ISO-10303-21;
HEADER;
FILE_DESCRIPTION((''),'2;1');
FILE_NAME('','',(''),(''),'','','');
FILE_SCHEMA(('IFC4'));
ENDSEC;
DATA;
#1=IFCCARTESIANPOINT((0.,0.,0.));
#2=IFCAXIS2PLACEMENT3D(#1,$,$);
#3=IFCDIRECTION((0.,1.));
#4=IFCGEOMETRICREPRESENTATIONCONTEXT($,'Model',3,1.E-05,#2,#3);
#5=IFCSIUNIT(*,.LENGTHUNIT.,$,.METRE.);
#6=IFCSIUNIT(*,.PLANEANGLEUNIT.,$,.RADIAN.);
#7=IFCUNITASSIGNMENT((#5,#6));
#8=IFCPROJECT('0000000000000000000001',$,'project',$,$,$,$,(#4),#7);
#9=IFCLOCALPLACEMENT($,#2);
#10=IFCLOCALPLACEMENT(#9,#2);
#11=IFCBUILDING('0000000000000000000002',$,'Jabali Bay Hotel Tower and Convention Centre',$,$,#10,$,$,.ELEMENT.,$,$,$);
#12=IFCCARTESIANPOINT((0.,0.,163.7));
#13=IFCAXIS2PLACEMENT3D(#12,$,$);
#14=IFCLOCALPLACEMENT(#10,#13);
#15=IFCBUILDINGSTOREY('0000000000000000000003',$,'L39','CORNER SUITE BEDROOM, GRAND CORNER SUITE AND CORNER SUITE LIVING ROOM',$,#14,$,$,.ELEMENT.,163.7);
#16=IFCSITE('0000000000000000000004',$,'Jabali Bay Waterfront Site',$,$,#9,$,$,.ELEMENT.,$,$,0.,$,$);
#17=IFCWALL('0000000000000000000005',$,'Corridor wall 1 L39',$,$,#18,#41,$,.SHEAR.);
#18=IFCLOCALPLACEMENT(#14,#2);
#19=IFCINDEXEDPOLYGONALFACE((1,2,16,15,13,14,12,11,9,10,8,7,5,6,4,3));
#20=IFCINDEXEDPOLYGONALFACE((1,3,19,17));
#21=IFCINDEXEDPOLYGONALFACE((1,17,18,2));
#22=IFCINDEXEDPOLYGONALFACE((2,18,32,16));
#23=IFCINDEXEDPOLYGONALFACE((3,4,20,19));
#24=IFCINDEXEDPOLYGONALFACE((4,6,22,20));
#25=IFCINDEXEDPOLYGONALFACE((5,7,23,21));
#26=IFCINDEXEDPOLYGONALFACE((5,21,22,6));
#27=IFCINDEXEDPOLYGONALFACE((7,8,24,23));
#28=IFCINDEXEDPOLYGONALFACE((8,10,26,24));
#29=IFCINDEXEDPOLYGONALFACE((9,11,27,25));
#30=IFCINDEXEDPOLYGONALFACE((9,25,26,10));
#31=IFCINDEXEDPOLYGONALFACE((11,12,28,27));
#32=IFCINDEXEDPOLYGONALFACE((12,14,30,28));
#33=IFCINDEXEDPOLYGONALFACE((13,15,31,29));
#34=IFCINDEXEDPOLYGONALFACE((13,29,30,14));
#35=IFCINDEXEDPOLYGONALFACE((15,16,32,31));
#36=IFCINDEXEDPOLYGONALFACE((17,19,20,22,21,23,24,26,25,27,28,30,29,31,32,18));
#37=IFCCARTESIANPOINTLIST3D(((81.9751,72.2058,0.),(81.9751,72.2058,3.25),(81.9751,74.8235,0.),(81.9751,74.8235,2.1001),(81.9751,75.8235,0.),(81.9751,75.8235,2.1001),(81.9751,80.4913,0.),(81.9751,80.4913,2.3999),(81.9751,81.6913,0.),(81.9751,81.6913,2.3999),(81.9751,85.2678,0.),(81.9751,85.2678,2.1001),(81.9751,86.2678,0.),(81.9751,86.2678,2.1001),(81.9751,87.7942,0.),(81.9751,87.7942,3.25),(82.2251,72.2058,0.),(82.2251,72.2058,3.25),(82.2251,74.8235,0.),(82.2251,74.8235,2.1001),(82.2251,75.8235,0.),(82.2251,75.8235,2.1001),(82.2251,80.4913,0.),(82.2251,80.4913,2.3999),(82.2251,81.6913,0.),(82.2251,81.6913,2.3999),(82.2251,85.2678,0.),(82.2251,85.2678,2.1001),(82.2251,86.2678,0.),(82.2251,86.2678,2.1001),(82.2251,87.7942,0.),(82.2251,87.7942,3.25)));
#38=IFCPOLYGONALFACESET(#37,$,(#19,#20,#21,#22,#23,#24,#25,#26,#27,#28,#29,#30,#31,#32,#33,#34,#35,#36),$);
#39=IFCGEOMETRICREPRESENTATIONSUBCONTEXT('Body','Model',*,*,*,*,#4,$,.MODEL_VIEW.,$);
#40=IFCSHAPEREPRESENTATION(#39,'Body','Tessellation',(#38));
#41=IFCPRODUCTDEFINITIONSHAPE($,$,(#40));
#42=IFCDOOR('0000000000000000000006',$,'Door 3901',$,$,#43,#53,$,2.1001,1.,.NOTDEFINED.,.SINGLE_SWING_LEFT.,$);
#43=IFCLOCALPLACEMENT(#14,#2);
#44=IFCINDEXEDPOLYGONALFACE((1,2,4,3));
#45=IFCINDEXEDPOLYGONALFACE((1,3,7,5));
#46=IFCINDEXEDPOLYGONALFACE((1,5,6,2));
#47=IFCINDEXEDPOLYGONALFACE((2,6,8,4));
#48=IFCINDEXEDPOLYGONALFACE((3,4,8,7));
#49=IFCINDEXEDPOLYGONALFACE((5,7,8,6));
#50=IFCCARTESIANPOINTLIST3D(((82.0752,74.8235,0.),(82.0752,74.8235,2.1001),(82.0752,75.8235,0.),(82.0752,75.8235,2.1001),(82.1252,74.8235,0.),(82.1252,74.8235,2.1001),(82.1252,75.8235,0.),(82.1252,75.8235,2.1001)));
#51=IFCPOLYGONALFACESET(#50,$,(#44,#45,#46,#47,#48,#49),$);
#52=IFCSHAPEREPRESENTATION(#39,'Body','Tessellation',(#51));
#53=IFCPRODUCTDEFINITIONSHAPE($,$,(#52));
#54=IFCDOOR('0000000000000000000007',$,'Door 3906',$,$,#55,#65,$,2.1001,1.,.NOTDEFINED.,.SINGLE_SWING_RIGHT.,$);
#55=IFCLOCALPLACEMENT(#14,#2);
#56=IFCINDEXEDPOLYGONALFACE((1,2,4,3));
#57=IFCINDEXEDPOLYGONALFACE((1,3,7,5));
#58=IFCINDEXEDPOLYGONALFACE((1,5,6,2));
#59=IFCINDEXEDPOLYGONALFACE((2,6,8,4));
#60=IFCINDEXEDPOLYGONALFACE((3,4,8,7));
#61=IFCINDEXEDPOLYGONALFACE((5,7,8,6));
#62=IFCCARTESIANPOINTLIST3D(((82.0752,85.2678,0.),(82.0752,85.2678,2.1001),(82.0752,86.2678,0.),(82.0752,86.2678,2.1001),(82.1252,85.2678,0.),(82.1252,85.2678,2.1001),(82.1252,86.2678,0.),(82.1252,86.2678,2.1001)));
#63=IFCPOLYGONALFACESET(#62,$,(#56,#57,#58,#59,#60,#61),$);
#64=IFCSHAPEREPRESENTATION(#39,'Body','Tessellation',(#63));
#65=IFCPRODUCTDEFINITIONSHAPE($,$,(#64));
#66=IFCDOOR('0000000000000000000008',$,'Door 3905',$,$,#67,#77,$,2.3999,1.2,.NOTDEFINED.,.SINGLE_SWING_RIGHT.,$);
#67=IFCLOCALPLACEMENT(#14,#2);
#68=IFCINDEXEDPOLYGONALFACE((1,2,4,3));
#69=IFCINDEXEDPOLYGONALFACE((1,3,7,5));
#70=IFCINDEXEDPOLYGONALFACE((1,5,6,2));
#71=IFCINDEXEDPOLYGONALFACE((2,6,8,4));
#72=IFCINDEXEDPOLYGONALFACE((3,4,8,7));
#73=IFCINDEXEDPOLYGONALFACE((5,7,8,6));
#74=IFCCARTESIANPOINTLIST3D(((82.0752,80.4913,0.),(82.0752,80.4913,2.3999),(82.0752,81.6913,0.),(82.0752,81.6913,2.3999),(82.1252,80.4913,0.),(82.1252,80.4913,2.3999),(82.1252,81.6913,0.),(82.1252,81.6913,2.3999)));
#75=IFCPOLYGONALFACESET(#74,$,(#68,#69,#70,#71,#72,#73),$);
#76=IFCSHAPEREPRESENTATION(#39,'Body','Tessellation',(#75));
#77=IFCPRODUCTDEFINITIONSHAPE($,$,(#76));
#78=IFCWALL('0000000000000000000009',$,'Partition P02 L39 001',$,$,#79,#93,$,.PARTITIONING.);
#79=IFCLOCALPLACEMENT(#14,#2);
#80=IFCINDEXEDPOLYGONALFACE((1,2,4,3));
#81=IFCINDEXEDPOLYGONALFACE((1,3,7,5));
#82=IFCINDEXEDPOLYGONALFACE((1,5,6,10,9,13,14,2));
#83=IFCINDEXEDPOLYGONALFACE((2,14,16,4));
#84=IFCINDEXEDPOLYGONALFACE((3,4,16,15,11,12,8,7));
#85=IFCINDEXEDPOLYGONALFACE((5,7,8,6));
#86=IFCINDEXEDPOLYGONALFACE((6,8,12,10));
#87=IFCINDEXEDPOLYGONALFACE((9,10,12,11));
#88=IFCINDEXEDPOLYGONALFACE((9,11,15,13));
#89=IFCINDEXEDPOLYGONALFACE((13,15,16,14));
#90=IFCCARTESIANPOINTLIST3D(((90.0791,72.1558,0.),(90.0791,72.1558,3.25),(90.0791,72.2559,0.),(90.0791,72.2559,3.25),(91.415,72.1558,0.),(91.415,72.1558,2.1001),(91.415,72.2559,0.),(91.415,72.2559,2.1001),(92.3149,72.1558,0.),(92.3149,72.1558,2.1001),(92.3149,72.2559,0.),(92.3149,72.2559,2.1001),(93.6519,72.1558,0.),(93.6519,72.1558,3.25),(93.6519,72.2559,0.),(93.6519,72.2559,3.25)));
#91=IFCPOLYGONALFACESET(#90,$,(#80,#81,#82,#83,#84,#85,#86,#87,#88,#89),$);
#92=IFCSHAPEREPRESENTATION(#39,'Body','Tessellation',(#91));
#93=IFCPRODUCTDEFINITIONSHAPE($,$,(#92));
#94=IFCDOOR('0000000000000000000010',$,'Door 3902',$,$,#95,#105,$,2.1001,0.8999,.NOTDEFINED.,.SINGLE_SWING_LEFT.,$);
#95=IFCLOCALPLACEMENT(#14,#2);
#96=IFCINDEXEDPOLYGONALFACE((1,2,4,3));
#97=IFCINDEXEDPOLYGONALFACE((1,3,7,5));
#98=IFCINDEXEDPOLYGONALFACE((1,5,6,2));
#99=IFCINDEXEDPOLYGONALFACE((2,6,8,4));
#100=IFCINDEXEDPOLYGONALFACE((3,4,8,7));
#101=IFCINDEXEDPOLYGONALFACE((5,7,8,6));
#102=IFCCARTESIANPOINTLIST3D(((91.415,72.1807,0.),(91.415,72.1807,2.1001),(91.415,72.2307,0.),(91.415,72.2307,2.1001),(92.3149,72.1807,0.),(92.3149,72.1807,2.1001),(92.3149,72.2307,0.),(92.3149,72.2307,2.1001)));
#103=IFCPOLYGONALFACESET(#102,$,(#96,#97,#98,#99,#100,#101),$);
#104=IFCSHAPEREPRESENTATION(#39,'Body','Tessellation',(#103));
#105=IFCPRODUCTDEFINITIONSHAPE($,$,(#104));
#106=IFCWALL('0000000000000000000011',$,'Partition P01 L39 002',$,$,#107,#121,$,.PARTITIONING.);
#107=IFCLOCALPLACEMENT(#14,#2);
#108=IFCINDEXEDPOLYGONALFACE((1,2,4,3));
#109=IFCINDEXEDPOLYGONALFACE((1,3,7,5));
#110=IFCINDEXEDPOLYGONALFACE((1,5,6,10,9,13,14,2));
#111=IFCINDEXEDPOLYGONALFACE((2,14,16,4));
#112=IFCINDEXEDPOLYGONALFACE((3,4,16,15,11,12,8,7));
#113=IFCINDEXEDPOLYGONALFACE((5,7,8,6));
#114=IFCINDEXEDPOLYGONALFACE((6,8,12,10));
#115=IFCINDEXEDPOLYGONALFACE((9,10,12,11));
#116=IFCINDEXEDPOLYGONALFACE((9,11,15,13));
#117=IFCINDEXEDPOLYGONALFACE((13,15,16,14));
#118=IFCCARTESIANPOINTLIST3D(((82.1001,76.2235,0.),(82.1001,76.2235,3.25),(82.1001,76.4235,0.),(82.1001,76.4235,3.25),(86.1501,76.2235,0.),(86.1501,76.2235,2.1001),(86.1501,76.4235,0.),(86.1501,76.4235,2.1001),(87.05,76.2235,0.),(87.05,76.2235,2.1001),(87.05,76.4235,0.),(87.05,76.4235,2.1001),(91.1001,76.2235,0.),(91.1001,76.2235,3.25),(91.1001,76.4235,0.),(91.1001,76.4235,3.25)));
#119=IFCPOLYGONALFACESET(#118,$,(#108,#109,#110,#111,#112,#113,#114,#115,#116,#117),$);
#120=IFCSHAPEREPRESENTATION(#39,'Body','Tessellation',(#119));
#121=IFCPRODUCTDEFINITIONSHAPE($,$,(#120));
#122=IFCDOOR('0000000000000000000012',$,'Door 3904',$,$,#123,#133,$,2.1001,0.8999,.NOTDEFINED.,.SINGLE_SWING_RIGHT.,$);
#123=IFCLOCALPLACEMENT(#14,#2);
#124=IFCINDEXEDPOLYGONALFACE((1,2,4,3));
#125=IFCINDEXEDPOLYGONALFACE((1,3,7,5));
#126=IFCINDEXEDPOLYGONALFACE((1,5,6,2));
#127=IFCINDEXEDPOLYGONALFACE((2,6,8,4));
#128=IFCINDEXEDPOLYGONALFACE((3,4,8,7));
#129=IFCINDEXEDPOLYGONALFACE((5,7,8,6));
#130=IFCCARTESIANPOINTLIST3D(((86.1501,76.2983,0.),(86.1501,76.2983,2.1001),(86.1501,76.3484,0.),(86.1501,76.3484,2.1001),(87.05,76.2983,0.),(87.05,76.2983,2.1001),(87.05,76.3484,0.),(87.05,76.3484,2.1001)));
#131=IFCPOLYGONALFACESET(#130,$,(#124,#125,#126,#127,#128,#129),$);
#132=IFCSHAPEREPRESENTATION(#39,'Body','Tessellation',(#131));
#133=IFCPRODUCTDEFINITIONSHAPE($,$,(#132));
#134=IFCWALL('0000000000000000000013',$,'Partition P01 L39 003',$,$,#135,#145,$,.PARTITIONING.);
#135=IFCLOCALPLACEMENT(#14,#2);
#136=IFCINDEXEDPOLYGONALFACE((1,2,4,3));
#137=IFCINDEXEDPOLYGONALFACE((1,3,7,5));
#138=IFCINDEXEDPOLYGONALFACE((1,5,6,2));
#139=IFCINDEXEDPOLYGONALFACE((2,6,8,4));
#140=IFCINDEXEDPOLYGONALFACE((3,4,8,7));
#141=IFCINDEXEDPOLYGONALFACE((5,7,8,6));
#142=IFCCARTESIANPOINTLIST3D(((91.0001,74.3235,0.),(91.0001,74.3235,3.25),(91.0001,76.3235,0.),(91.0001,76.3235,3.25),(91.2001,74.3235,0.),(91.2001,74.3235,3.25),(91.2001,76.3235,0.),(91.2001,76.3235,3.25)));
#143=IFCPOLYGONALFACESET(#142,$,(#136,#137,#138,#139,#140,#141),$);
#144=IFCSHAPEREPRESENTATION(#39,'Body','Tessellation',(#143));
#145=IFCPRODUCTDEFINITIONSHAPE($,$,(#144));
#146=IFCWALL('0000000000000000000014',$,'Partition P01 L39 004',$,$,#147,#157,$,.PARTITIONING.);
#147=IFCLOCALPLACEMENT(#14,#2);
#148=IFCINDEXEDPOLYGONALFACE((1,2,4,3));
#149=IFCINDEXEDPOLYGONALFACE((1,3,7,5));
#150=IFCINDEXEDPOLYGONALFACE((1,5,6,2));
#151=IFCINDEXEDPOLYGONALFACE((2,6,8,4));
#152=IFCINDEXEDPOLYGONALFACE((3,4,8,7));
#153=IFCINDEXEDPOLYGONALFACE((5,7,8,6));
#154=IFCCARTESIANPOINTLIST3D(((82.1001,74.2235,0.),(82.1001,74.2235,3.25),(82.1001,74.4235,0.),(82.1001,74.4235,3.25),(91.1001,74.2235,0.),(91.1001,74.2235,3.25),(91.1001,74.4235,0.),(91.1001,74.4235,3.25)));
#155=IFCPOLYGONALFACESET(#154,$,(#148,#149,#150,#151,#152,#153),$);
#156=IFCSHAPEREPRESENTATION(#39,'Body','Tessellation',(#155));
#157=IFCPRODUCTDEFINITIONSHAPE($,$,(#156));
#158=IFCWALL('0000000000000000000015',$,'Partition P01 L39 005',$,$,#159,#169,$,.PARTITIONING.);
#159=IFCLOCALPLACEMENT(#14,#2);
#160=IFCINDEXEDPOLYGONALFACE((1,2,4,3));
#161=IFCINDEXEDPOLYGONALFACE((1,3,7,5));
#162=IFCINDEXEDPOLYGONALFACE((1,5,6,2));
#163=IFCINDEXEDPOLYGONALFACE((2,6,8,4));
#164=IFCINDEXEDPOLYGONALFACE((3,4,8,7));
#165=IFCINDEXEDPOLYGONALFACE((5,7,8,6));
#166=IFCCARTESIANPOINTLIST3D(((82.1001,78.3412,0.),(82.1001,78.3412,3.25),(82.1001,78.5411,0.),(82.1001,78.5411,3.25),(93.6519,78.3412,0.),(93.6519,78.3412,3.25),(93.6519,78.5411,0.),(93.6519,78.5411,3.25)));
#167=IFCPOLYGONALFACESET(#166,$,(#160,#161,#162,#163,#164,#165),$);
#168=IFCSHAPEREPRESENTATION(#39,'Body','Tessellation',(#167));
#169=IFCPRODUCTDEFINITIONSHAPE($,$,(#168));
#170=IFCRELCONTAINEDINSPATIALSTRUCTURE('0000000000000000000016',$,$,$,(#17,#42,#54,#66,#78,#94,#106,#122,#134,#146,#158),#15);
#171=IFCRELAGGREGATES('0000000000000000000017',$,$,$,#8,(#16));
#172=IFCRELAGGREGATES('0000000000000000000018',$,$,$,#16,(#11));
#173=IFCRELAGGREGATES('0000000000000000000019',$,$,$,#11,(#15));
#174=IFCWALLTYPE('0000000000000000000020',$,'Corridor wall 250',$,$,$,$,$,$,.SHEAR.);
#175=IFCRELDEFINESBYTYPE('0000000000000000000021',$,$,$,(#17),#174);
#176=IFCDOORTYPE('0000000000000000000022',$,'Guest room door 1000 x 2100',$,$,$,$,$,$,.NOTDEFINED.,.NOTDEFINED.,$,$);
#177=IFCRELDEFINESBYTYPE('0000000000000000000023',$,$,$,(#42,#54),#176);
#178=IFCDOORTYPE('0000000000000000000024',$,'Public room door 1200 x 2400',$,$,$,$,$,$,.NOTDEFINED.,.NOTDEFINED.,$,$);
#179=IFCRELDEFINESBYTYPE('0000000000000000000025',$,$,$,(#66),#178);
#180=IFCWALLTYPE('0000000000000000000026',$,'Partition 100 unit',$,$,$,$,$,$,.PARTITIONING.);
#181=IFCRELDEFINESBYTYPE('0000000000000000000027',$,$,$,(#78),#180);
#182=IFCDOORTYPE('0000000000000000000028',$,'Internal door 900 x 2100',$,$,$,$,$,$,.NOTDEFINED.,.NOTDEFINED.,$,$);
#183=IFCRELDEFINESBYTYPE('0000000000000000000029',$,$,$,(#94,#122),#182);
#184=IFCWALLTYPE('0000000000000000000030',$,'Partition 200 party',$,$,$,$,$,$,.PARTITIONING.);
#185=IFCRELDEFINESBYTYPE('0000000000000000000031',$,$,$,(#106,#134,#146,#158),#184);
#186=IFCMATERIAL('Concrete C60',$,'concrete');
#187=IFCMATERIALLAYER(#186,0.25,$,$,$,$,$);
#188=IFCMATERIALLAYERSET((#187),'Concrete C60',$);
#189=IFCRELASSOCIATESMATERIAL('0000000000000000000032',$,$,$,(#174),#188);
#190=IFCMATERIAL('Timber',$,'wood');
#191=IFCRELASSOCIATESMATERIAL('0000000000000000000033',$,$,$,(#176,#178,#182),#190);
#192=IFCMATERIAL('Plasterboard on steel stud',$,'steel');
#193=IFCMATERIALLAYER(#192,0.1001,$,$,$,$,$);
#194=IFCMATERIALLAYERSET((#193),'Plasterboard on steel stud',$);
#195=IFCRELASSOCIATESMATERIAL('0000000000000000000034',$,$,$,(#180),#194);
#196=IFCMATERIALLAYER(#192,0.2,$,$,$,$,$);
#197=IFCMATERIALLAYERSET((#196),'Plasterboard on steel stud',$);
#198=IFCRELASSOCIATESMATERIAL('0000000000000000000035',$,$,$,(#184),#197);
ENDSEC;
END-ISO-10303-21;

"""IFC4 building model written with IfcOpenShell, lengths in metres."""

from ifc_helpers import new_model, si_unit, direction, frame, frame_2d, origin, place, context, subcontext, project, spatial, rectangle, extrude, material, layer, layer_set, type_object, element, fill, save


model = new_model("IFC4")

# Units and contexts
model_context = context("Model", 3, precision=1e-05, world=origin(), true_north=direction((0.0, 1.0)))
body_context = subcontext(model_context, "Body", "Model", "MODEL_VIEW")
ifc_project = project(units=[si_unit("LENGTHUNIT", "METRE"), si_unit("PLANEANGLEUNIT", "RADIAN")], contexts=[model_context])

# Site, building, storey
site_placement = place(None, origin())
site = spatial("IfcSite", under=ifc_project, at=site_placement, Name="Jabali Bay Waterfront Site", CompositionType="ELEMENT", RefElevation=0.0)
building_placement = place(site_placement, origin())
building = spatial("IfcBuilding", under=site, at=building_placement, Name="Jabali Bay Hotel Tower and Convention Centre", CompositionType="ELEMENT")
storey_placement = place(building_placement, frame((0.0, 0.0, 163.7)))
storey = spatial("IfcBuildingStorey", under=building, at=storey_placement, Name="L39", Description="CORNER SUITE BEDROOM, GRAND CORNER SUITE AND CORNER SUITE LIVING ROOM", CompositionType="ELEMENT", Elevation=163.7)

# Shared definitions
ifc_material_1 = material(Name="Concrete C60", Category="concrete")

# Wall, openings, doors
ifc_layer_1 = layer(ifc_material_1, 0.25)
ifc_layer_set_1 = layer_set([ifc_layer_1], Name="Concrete C60")
wall_type_1 = type_object("IfcWallType", Name="Corridor wall 250", PredefinedType="SHEAR", material=ifc_layer_set_1)
wall_1_placement = place(storey_placement, frame((82.1001, 72.2058, 0.0), z_axis=(0.0, 0.0, 1.0), x_axis=(0.0, 1.0, 0.0)))
wall_1 = element("IfcWall", 1, at=wall_1_placement, inside=storey, type_object=wall_type_1, Name="Corridor wall 1 L39", PredefinedType="SHEAR", context=body_context, shape_type="SweptSolid", body=[
    extrude(rectangle(XDim=15.5884, YDim=0.25, at=frame_2d((7.7942, 0.0))), origin(), (0.0, 0.0, 1.0), 3.25),
])
opening_1_placement = place(wall_1_placement, frame((2.6177, 0.0, 0.0)))
opening_1 = element("IfcOpeningElement", 2, at=opening_1_placement, cuts=wall_1, PredefinedType="OPENING", context=body_context, shape_type="SweptSolid", body=[
    extrude(rectangle(XDim=1.0, YDim=2.1001, at=frame_2d((0.5, 1.05))), frame((0.0, 0.1355, 0.0), z_axis=(0.0, -1.0, 0.0), x_axis=(1.0, 0.0, 0.0)), (0.0, 0.0, 1.0), 0.271),
])
opening_2_placement = place(wall_1_placement, frame((8.2854, 0.0, 0.0)))
opening_2 = element("IfcOpeningElement", 3, at=opening_2_placement, cuts=wall_1, PredefinedType="OPENING", context=body_context, shape_type="SweptSolid", body=[
    extrude(rectangle(XDim=1.2, YDim=2.3999, at=frame_2d((0.6001, 1.2))), frame((0.0, 0.1355, 0.0), z_axis=(0.0, -1.0, 0.0), x_axis=(1.0, 0.0, 0.0)), (0.0, 0.0, 1.0), 0.271),
])
opening_3_placement = place(wall_1_placement, frame((13.062, 0.0, 0.0)))
opening_3 = element("IfcOpeningElement", 4, at=opening_3_placement, cuts=wall_1, PredefinedType="OPENING", context=body_context, shape_type="SweptSolid", body=[
    extrude(rectangle(XDim=1.0, YDim=2.1001, at=frame_2d((0.5, 1.05))), frame((0.0, 0.1355, 0.0), z_axis=(0.0, -1.0, 0.0), x_axis=(1.0, 0.0, 0.0)), (0.0, 0.0, 1.0), 0.271),
])
ifc_material_2 = material(Name="Timber", Category="wood")
door_type_1 = type_object("IfcDoorType", Name="Guest room door 1000 x 2100", OperationType="NOTDEFINED", PredefinedType="NOTDEFINED", material=ifc_material_2)
door_1_placement = place(opening_1_placement, origin())
door_1 = element("IfcDoor", 5, at=door_1_placement, inside=storey, type_object=door_type_1, Name="Door 3901", OperationType="SINGLE_SWING_LEFT", OverallHeight=2.1001, OverallWidth=1.0, PredefinedType="NOTDEFINED", context=body_context, shape_type="SweptSolid", body=[
    extrude(rectangle(XDim=1.0, YDim=2.1001, at=frame_2d((0.5, 1.05))), frame((0.0, 0.0249, 0.0), z_axis=(0.0, -1.0, 0.0), x_axis=(1.0, 0.0, 0.0)), (0.0, 0.0, 1.0), 0.05),
])
fill(opening_1, door_1)
door_2_placement = place(opening_3_placement, origin())
door_2 = element("IfcDoor", 6, at=door_2_placement, inside=storey, type_object=door_type_1, Name="Door 3906", OperationType="SINGLE_SWING_RIGHT", OverallHeight=2.1001, OverallWidth=1.0, PredefinedType="NOTDEFINED", context=body_context, shape_type="SweptSolid", body=[
    extrude(rectangle(XDim=1.0, YDim=2.1001, at=frame_2d((0.5, 1.05))), frame((0.0, 0.0249, 0.0), z_axis=(0.0, -1.0, 0.0), x_axis=(1.0, 0.0, 0.0)), (0.0, 0.0, 1.0), 0.05),
])
fill(opening_3, door_2)
door_type_2 = type_object("IfcDoorType", Name="Public room door 1200 x 2400", OperationType="NOTDEFINED", PredefinedType="NOTDEFINED", material=ifc_material_2)
door_3_placement = place(opening_2_placement, origin())
door_3 = element("IfcDoor", 7, at=door_3_placement, inside=storey, type_object=door_type_2, Name="Door 3905", OperationType="SINGLE_SWING_RIGHT", OverallHeight=2.3999, OverallWidth=1.2, PredefinedType="NOTDEFINED", context=body_context, shape_type="SweptSolid", body=[
    extrude(rectangle(XDim=1.2, YDim=2.3999, at=frame_2d((0.6001, 1.2))), frame((0.0, 0.0249, 0.0), z_axis=(0.0, -1.0, 0.0), x_axis=(1.0, 0.0, 0.0)), (0.0, 0.0, 1.0), 0.05),
])
fill(opening_2, door_3)

# Walls, openings, doors
ifc_material_3 = material(Name="Plasterboard on steel stud", Category="steel")
ifc_layer_2 = layer(ifc_material_3, 0.1001)
ifc_layer_set_2 = layer_set([ifc_layer_2], Name="Plasterboard on steel stud")
wall_type_2 = type_object("IfcWallType", Name="Partition 100 unit", PredefinedType="PARTITIONING", material=ifc_layer_set_2)
wall_2_placement = place(storey_placement, frame((90.0791, 72.2058, 0.0), z_axis=(0.0, 0.0, 1.0), x_axis=(1.0, 0.0, 0.0)))
wall_2 = element("IfcWall", 8, at=wall_2_placement, inside=storey, type_object=wall_type_2, Name="Partition P02 L39 001", PredefinedType="PARTITIONING", context=body_context, shape_type="SweptSolid", body=[
    extrude(rectangle(XDim=3.5728, YDim=0.1001, at=frame_2d((1.7864, 0.0))), origin(), (0.0, 0.0, 1.0), 3.25),
])
opening_4_placement = place(wall_2_placement, frame((1.3359, 0.0, 0.0)))
opening_4 = element("IfcOpeningElement", 9, at=opening_4_placement, cuts=wall_2, PredefinedType="OPENING", context=body_context, shape_type="SweptSolid", body=[
    extrude(rectangle(XDim=0.8999, YDim=2.1001, at=frame_2d((0.45, 1.05))), frame((0.0, 0.0605, 0.0), z_axis=(0.0, -1.0, 0.0), x_axis=(1.0, 0.0, 0.0)), (0.0, 0.0, 1.0), 0.1211),
])
door_type_3 = type_object("IfcDoorType", Name="Internal door 900 x 2100", OperationType="NOTDEFINED", PredefinedType="NOTDEFINED", material=ifc_material_2)
door_4_placement = place(opening_4_placement, origin())
door_4 = element("IfcDoor", 10, at=door_4_placement, inside=storey, type_object=door_type_3, Name="Door 3902", OperationType="SINGLE_SWING_LEFT", OverallHeight=2.1001, OverallWidth=0.8999, PredefinedType="NOTDEFINED", context=body_context, shape_type="SweptSolid", body=[
    extrude(rectangle(XDim=0.8999, YDim=2.1001, at=frame_2d((0.45, 1.05))), frame((0.0, 0.0249, 0.0), z_axis=(0.0, -1.0, 0.0), x_axis=(1.0, 0.0, 0.0)), (0.0, 0.0, 1.0), 0.05),
])
fill(opening_4, door_4)
ifc_layer_3 = layer(ifc_material_3, 0.2)
ifc_layer_set_3 = layer_set([ifc_layer_3], Name="Plasterboard on steel stud")
wall_type_3 = type_object("IfcWallType", Name="Partition 200 party", PredefinedType="PARTITIONING", material=ifc_layer_set_3)
wall_3_placement = place(storey_placement, frame((82.1001, 76.3235, 0.0), z_axis=(0.0, 0.0, 1.0), x_axis=(1.0, 0.0, 0.0)))
wall_3 = element("IfcWall", 11, at=wall_3_placement, inside=storey, type_object=wall_type_3, Name="Partition P01 L39 002", PredefinedType="PARTITIONING", context=body_context, shape_type="SweptSolid", body=[
    extrude(rectangle(XDim=9.0, YDim=0.2, at=frame_2d((4.5, 0.0))), origin(), (0.0, 0.0, 1.0), 3.25),
])
opening_5_placement = place(wall_3_placement, frame((4.05, 0.0, 0.0)))
opening_5 = element("IfcOpeningElement", 12, at=opening_5_placement, cuts=wall_3, PredefinedType="OPENING", context=body_context, shape_type="SweptSolid", body=[
    extrude(rectangle(XDim=0.8999, YDim=2.1001, at=frame_2d((0.45, 1.05))), frame((0.0, 0.1104, 0.0), z_axis=(0.0, -1.0, 0.0), x_axis=(1.0, 0.0, 0.0)), (0.0, 0.0, 1.0), 0.2209),
])
door_5_placement = place(opening_5_placement, origin())
door_5 = element("IfcDoor", 13, at=door_5_placement, inside=storey, type_object=door_type_3, Name="Door 3904", OperationType="SINGLE_SWING_RIGHT", OverallHeight=2.1001, OverallWidth=0.8999, PredefinedType="NOTDEFINED", context=body_context, shape_type="SweptSolid", body=[
    extrude(rectangle(XDim=0.8999, YDim=2.1001, at=frame_2d((0.45, 1.05))), frame((0.0, 0.0249, 0.0), z_axis=(0.0, -1.0, 0.0), x_axis=(1.0, 0.0, 0.0)), (0.0, 0.0, 1.0), 0.05),
])
fill(opening_5, door_5)

# Walls
wall_4_placement = place(storey_placement, frame((91.1001, 76.3235, 0.0), z_axis=(0.0, 0.0, 1.0), x_axis=(0.0, -1.0, 0.0)))
element("IfcWall", 14, at=wall_4_placement, inside=storey, type_object=wall_type_3, Name="Partition P01 L39 003", PredefinedType="PARTITIONING", context=body_context, shape_type="SweptSolid", body=[
    extrude(rectangle(XDim=2.0, YDim=0.2, at=frame_2d((1.0, 0.0))), origin(), (0.0, 0.0, 1.0), 3.25),
])
wall_5_placement = place(storey_placement, frame((91.1001, 74.3235, 0.0), z_axis=(0.0, 0.0, 1.0), x_axis=(-1.0, 0.0, 0.0)))
element("IfcWall", 15, at=wall_5_placement, inside=storey, type_object=wall_type_3, Name="Partition P01 L39 004", PredefinedType="PARTITIONING", context=body_context, shape_type="SweptSolid", body=[
    extrude(rectangle(XDim=9.0, YDim=0.2, at=frame_2d((4.5, 0.0))), origin(), (0.0, 0.0, 1.0), 3.25),
])
wall_6_placement = place(storey_placement, frame((93.6519, 78.4412, 0.0), z_axis=(0.0, 0.0, 1.0), x_axis=(-1.0, 0.0, 0.0)))
element("IfcWall", 16, at=wall_6_placement, inside=storey, type_object=wall_type_3, Name="Partition P01 L39 005", PredefinedType="PARTITIONING", context=body_context, shape_type="SweptSolid", body=[
    extrude(rectangle(XDim=11.5518, YDim=0.2, at=frame_2d((5.7759, 0.0))), origin(), (0.0, 0.0, 1.0), 3.25),
])

save(model, "model.ifc")
